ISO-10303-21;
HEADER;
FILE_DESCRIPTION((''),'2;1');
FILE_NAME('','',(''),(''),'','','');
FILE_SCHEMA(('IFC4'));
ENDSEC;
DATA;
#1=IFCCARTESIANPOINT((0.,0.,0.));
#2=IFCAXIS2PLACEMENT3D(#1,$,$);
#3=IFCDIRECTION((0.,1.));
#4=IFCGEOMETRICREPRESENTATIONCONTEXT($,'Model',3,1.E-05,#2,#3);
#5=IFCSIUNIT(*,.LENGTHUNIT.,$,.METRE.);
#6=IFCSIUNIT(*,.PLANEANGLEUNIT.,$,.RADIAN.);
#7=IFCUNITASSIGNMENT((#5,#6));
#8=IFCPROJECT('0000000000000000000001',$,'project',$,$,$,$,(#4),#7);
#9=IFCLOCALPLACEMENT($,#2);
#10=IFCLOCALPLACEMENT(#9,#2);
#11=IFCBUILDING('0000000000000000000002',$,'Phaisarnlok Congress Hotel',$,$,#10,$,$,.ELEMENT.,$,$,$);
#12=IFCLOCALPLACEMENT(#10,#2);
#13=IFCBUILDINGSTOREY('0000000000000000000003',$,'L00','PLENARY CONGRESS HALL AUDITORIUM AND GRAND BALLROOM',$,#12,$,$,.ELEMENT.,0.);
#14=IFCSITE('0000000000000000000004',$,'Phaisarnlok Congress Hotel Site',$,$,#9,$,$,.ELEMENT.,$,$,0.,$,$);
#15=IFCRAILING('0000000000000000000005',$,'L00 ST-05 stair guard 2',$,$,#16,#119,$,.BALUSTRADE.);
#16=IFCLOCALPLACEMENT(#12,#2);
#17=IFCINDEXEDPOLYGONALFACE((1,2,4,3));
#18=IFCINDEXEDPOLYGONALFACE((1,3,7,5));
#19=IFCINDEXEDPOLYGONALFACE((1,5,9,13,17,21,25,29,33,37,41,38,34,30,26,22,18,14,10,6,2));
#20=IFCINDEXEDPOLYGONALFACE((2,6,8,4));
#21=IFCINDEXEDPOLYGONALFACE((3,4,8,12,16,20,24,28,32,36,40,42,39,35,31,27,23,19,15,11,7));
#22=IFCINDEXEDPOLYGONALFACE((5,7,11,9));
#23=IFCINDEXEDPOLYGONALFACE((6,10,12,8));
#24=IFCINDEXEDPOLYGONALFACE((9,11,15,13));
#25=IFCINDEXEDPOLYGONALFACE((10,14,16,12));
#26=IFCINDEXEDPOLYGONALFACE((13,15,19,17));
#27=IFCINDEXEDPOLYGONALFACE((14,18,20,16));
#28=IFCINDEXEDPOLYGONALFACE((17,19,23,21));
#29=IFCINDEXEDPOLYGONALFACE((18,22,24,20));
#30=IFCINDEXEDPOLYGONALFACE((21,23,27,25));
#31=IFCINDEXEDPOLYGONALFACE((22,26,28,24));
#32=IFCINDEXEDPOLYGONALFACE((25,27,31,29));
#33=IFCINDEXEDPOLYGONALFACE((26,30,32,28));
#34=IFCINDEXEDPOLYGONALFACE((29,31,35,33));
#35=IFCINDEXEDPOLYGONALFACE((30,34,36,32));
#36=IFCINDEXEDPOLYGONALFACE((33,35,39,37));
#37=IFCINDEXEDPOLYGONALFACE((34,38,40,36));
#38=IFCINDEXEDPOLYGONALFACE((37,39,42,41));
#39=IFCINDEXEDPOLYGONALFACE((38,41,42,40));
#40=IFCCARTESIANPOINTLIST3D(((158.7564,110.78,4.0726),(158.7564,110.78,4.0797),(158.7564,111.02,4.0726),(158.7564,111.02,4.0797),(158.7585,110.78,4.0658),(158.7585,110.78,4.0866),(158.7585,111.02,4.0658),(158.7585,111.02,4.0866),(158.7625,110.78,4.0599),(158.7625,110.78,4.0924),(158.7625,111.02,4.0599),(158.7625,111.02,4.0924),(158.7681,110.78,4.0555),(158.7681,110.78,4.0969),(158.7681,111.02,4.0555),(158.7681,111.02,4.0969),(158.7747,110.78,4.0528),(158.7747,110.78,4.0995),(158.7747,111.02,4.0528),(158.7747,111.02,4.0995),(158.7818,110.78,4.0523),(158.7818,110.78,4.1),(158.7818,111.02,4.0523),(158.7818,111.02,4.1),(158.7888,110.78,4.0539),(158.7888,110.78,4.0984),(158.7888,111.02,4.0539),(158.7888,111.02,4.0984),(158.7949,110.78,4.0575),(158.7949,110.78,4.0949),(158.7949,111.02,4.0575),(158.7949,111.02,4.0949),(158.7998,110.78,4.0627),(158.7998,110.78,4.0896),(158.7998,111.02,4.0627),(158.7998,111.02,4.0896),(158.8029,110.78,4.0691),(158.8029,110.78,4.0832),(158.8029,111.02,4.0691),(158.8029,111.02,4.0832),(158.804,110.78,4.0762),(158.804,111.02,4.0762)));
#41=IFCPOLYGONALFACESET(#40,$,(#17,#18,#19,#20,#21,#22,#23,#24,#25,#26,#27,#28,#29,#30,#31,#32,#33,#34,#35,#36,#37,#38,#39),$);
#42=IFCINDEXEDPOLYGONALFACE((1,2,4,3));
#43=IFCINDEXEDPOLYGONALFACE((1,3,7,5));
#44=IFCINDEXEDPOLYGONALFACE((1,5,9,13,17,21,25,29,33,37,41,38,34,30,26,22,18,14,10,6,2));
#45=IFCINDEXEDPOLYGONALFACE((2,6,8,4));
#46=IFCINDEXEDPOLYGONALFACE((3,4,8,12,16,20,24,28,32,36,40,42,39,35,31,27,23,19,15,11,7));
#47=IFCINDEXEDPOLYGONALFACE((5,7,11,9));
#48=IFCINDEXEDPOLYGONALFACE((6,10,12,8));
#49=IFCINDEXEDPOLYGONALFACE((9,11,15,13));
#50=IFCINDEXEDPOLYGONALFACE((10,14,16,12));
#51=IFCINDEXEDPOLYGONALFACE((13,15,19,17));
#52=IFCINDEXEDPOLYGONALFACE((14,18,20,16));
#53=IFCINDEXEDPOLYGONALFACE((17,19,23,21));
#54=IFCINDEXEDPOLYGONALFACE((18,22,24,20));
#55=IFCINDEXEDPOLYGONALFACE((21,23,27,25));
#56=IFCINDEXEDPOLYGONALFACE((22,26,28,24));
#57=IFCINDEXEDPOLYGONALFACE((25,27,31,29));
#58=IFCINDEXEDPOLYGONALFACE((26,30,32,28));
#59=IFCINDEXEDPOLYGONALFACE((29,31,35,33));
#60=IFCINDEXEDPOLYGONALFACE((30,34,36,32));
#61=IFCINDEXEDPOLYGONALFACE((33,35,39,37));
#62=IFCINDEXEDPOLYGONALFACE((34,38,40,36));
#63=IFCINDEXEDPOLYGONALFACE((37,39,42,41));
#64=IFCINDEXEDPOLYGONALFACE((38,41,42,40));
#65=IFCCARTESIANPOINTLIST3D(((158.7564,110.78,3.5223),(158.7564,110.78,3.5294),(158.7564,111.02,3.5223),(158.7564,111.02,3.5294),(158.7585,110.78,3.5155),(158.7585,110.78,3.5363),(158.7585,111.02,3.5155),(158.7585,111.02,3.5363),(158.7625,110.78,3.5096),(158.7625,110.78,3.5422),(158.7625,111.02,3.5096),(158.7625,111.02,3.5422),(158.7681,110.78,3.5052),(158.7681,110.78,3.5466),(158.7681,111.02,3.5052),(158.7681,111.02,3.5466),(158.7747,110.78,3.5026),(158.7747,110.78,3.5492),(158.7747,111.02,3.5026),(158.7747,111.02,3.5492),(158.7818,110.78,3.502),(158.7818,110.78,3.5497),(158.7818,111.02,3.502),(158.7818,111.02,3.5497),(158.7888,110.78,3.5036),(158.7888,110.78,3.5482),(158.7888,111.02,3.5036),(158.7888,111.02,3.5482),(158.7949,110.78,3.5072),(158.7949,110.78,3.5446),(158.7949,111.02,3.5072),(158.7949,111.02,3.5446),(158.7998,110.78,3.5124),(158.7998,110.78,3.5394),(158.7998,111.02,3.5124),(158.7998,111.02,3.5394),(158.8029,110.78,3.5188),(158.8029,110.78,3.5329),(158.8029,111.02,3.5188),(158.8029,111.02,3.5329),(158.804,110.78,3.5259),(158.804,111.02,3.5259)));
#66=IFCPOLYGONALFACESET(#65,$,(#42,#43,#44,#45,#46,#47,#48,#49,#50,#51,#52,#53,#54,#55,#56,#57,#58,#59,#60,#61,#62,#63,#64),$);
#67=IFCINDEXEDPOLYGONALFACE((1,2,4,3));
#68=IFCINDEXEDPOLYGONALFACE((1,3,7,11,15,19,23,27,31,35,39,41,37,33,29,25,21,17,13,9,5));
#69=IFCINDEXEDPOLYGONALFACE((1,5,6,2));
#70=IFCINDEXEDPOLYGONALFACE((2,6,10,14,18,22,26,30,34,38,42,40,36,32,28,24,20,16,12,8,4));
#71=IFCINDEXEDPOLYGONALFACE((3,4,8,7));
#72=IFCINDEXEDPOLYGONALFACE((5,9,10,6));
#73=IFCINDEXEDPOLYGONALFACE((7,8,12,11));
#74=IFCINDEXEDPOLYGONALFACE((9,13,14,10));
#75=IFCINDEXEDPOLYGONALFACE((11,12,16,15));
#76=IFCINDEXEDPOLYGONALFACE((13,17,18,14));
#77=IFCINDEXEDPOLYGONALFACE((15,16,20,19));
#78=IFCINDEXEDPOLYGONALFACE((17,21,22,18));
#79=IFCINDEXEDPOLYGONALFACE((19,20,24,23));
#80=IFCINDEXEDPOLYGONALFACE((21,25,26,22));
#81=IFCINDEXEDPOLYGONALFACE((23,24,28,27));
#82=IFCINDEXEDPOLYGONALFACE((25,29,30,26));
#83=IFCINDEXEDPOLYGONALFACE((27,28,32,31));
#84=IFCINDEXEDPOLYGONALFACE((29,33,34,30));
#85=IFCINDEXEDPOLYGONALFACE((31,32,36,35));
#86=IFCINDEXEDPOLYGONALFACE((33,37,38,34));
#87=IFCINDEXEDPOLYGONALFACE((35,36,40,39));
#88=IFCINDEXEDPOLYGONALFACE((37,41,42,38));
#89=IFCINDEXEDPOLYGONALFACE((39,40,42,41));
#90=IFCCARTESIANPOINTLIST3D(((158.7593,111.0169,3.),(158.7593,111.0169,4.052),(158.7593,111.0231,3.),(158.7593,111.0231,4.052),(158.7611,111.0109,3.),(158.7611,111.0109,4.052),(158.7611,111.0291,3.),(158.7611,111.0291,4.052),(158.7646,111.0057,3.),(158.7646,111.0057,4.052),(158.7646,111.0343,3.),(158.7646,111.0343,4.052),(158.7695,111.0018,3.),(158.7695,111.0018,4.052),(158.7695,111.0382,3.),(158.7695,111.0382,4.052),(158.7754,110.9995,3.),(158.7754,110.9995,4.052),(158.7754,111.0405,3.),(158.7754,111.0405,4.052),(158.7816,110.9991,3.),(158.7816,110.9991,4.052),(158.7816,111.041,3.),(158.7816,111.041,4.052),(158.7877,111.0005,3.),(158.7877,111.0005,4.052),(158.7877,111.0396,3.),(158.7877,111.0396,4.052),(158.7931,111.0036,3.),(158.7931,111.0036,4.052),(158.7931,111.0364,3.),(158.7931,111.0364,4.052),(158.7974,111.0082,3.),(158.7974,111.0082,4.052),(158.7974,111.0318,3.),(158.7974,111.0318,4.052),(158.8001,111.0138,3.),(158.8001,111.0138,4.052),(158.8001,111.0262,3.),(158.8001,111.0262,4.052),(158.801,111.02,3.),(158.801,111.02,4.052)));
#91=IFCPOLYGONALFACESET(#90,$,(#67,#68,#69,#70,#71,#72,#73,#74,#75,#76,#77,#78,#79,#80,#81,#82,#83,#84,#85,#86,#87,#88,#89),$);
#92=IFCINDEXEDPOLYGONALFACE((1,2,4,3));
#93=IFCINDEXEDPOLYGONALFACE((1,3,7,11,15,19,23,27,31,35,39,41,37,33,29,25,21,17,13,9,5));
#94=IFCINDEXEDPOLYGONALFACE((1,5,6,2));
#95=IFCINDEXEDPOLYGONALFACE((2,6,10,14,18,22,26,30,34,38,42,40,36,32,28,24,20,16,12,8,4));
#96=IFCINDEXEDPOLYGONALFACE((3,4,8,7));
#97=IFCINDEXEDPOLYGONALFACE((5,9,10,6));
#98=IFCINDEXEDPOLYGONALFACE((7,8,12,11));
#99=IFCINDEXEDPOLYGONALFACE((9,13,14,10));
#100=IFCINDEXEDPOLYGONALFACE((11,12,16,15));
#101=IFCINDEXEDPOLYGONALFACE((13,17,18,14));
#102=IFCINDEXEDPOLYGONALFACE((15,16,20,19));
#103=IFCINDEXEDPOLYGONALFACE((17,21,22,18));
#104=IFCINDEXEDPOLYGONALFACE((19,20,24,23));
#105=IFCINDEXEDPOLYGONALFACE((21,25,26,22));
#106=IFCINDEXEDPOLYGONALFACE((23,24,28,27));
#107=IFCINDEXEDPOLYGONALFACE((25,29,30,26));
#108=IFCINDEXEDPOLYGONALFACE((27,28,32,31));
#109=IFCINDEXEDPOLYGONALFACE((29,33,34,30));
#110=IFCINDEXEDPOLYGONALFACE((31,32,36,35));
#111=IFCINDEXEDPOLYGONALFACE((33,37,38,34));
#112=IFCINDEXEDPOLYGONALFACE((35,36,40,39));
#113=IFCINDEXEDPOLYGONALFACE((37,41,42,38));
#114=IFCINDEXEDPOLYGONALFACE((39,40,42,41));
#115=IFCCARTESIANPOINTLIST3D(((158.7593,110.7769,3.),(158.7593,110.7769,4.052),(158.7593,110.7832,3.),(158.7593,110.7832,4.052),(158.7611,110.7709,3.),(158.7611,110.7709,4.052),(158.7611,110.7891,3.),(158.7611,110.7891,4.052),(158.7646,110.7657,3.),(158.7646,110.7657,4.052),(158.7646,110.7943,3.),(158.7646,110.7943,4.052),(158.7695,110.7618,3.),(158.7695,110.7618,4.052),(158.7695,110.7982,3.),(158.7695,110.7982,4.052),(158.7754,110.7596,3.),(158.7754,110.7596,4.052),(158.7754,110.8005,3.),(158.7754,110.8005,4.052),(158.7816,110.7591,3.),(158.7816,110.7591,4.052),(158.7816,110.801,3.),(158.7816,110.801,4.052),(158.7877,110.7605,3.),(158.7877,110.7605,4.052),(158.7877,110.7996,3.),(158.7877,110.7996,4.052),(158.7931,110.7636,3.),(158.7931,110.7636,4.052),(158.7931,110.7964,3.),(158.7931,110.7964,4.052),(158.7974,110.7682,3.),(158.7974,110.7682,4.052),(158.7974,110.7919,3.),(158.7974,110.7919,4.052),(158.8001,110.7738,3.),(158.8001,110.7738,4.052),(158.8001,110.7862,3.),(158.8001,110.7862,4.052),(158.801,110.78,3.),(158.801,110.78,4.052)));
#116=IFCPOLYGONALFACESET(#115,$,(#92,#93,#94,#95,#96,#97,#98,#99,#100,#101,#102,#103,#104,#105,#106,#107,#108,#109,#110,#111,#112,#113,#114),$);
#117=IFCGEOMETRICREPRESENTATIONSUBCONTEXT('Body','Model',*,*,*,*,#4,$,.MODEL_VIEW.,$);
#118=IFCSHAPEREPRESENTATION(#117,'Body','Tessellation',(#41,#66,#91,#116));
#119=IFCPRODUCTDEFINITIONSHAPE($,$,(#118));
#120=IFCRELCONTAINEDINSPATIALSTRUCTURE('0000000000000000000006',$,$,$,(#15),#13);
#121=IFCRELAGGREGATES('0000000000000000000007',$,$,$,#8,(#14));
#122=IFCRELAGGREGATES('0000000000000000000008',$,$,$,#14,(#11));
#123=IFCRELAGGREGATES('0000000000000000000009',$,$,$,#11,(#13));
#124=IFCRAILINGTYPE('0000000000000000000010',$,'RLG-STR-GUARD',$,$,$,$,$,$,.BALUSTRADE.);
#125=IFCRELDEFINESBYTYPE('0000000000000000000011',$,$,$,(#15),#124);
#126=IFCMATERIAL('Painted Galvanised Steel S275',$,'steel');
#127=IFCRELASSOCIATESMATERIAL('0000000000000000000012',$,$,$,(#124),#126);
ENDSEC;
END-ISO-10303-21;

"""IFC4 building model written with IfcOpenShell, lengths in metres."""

from ifc_helpers import new_model, si_unit, direction, frame, origin, origin_2d, place, context, subcontext, project, spatial, circle, extrude, material, type_object, element, save


model = new_model("IFC4")

# Units and contexts
model_context = context("Model", 3, precision=1e-05, world=origin(), true_north=direction((0.0, 1.0)))
body_context = subcontext(model_context, "Body", "Model", "MODEL_VIEW")
ifc_project = project(units=[si_unit("LENGTHUNIT", "METRE"), si_unit("PLANEANGLEUNIT", "RADIAN")], contexts=[model_context])

# Site, building, storey
site_placement = place(None, origin())
site = spatial("IfcSite", under=ifc_project, at=site_placement, Name="Phaisarnlok Congress Hotel Site", CompositionType="ELEMENT", RefElevation=0.0)
building_placement = place(site_placement, origin())
building = spatial("IfcBuilding", under=site, at=building_placement, Name="Phaisarnlok Congress Hotel", CompositionType="ELEMENT")
storey_placement = place(building_placement, origin())
storey = spatial("IfcBuildingStorey", under=building, at=storey_placement, Name="L00", Description="PLENARY CONGRESS HALL AUDITORIUM AND GRAND BALLROOM", CompositionType="ELEMENT", Elevation=0.0)

# Railing
ifc_material_1 = material(Name="Painted Galvanised Steel S275", Category="steel")
railing_type = type_object("IfcRailingType", Name="RLG-STR-GUARD", PredefinedType="BALUSTRADE", material=ifc_material_1)
railing_placement = place(storey_placement, frame((158.78, 111.02, 3.0)))
element("IfcRailing", 1, at=railing_placement, inside=storey, type_object=railing_type, Name="L00 ST-05 stair guard 2", PredefinedType="BALUSTRADE", context=body_context, shape_type="SweptSolid", body=[
    extrude(circle(Radius=0.0239, at=origin_2d()), frame((0.0, 0.0, 1.0762), z_axis=(0.0, -1.0, 0.0), x_axis=(1.0, 0.0, 0.0)), (0.0, 0.0, 1.0), 0.24),
    extrude(circle(Radius=0.0239, at=origin_2d()), frame((0.0, 0.0, 0.5259), z_axis=(0.0, -1.0, 0.0), x_axis=(1.0, 0.0, 0.0)), (0.0, 0.0, 1.0), 0.24),
    extrude(circle(Radius=0.021, at=origin_2d()), origin(), (0.0, 0.0, 1.0), 1.052),
    extrude(circle(Radius=0.021, at=origin_2d()), frame((0.0, -0.24, 0.0)), (0.0, 0.0, 1.0), 1.052),
])

save(model, "model.ifc")
